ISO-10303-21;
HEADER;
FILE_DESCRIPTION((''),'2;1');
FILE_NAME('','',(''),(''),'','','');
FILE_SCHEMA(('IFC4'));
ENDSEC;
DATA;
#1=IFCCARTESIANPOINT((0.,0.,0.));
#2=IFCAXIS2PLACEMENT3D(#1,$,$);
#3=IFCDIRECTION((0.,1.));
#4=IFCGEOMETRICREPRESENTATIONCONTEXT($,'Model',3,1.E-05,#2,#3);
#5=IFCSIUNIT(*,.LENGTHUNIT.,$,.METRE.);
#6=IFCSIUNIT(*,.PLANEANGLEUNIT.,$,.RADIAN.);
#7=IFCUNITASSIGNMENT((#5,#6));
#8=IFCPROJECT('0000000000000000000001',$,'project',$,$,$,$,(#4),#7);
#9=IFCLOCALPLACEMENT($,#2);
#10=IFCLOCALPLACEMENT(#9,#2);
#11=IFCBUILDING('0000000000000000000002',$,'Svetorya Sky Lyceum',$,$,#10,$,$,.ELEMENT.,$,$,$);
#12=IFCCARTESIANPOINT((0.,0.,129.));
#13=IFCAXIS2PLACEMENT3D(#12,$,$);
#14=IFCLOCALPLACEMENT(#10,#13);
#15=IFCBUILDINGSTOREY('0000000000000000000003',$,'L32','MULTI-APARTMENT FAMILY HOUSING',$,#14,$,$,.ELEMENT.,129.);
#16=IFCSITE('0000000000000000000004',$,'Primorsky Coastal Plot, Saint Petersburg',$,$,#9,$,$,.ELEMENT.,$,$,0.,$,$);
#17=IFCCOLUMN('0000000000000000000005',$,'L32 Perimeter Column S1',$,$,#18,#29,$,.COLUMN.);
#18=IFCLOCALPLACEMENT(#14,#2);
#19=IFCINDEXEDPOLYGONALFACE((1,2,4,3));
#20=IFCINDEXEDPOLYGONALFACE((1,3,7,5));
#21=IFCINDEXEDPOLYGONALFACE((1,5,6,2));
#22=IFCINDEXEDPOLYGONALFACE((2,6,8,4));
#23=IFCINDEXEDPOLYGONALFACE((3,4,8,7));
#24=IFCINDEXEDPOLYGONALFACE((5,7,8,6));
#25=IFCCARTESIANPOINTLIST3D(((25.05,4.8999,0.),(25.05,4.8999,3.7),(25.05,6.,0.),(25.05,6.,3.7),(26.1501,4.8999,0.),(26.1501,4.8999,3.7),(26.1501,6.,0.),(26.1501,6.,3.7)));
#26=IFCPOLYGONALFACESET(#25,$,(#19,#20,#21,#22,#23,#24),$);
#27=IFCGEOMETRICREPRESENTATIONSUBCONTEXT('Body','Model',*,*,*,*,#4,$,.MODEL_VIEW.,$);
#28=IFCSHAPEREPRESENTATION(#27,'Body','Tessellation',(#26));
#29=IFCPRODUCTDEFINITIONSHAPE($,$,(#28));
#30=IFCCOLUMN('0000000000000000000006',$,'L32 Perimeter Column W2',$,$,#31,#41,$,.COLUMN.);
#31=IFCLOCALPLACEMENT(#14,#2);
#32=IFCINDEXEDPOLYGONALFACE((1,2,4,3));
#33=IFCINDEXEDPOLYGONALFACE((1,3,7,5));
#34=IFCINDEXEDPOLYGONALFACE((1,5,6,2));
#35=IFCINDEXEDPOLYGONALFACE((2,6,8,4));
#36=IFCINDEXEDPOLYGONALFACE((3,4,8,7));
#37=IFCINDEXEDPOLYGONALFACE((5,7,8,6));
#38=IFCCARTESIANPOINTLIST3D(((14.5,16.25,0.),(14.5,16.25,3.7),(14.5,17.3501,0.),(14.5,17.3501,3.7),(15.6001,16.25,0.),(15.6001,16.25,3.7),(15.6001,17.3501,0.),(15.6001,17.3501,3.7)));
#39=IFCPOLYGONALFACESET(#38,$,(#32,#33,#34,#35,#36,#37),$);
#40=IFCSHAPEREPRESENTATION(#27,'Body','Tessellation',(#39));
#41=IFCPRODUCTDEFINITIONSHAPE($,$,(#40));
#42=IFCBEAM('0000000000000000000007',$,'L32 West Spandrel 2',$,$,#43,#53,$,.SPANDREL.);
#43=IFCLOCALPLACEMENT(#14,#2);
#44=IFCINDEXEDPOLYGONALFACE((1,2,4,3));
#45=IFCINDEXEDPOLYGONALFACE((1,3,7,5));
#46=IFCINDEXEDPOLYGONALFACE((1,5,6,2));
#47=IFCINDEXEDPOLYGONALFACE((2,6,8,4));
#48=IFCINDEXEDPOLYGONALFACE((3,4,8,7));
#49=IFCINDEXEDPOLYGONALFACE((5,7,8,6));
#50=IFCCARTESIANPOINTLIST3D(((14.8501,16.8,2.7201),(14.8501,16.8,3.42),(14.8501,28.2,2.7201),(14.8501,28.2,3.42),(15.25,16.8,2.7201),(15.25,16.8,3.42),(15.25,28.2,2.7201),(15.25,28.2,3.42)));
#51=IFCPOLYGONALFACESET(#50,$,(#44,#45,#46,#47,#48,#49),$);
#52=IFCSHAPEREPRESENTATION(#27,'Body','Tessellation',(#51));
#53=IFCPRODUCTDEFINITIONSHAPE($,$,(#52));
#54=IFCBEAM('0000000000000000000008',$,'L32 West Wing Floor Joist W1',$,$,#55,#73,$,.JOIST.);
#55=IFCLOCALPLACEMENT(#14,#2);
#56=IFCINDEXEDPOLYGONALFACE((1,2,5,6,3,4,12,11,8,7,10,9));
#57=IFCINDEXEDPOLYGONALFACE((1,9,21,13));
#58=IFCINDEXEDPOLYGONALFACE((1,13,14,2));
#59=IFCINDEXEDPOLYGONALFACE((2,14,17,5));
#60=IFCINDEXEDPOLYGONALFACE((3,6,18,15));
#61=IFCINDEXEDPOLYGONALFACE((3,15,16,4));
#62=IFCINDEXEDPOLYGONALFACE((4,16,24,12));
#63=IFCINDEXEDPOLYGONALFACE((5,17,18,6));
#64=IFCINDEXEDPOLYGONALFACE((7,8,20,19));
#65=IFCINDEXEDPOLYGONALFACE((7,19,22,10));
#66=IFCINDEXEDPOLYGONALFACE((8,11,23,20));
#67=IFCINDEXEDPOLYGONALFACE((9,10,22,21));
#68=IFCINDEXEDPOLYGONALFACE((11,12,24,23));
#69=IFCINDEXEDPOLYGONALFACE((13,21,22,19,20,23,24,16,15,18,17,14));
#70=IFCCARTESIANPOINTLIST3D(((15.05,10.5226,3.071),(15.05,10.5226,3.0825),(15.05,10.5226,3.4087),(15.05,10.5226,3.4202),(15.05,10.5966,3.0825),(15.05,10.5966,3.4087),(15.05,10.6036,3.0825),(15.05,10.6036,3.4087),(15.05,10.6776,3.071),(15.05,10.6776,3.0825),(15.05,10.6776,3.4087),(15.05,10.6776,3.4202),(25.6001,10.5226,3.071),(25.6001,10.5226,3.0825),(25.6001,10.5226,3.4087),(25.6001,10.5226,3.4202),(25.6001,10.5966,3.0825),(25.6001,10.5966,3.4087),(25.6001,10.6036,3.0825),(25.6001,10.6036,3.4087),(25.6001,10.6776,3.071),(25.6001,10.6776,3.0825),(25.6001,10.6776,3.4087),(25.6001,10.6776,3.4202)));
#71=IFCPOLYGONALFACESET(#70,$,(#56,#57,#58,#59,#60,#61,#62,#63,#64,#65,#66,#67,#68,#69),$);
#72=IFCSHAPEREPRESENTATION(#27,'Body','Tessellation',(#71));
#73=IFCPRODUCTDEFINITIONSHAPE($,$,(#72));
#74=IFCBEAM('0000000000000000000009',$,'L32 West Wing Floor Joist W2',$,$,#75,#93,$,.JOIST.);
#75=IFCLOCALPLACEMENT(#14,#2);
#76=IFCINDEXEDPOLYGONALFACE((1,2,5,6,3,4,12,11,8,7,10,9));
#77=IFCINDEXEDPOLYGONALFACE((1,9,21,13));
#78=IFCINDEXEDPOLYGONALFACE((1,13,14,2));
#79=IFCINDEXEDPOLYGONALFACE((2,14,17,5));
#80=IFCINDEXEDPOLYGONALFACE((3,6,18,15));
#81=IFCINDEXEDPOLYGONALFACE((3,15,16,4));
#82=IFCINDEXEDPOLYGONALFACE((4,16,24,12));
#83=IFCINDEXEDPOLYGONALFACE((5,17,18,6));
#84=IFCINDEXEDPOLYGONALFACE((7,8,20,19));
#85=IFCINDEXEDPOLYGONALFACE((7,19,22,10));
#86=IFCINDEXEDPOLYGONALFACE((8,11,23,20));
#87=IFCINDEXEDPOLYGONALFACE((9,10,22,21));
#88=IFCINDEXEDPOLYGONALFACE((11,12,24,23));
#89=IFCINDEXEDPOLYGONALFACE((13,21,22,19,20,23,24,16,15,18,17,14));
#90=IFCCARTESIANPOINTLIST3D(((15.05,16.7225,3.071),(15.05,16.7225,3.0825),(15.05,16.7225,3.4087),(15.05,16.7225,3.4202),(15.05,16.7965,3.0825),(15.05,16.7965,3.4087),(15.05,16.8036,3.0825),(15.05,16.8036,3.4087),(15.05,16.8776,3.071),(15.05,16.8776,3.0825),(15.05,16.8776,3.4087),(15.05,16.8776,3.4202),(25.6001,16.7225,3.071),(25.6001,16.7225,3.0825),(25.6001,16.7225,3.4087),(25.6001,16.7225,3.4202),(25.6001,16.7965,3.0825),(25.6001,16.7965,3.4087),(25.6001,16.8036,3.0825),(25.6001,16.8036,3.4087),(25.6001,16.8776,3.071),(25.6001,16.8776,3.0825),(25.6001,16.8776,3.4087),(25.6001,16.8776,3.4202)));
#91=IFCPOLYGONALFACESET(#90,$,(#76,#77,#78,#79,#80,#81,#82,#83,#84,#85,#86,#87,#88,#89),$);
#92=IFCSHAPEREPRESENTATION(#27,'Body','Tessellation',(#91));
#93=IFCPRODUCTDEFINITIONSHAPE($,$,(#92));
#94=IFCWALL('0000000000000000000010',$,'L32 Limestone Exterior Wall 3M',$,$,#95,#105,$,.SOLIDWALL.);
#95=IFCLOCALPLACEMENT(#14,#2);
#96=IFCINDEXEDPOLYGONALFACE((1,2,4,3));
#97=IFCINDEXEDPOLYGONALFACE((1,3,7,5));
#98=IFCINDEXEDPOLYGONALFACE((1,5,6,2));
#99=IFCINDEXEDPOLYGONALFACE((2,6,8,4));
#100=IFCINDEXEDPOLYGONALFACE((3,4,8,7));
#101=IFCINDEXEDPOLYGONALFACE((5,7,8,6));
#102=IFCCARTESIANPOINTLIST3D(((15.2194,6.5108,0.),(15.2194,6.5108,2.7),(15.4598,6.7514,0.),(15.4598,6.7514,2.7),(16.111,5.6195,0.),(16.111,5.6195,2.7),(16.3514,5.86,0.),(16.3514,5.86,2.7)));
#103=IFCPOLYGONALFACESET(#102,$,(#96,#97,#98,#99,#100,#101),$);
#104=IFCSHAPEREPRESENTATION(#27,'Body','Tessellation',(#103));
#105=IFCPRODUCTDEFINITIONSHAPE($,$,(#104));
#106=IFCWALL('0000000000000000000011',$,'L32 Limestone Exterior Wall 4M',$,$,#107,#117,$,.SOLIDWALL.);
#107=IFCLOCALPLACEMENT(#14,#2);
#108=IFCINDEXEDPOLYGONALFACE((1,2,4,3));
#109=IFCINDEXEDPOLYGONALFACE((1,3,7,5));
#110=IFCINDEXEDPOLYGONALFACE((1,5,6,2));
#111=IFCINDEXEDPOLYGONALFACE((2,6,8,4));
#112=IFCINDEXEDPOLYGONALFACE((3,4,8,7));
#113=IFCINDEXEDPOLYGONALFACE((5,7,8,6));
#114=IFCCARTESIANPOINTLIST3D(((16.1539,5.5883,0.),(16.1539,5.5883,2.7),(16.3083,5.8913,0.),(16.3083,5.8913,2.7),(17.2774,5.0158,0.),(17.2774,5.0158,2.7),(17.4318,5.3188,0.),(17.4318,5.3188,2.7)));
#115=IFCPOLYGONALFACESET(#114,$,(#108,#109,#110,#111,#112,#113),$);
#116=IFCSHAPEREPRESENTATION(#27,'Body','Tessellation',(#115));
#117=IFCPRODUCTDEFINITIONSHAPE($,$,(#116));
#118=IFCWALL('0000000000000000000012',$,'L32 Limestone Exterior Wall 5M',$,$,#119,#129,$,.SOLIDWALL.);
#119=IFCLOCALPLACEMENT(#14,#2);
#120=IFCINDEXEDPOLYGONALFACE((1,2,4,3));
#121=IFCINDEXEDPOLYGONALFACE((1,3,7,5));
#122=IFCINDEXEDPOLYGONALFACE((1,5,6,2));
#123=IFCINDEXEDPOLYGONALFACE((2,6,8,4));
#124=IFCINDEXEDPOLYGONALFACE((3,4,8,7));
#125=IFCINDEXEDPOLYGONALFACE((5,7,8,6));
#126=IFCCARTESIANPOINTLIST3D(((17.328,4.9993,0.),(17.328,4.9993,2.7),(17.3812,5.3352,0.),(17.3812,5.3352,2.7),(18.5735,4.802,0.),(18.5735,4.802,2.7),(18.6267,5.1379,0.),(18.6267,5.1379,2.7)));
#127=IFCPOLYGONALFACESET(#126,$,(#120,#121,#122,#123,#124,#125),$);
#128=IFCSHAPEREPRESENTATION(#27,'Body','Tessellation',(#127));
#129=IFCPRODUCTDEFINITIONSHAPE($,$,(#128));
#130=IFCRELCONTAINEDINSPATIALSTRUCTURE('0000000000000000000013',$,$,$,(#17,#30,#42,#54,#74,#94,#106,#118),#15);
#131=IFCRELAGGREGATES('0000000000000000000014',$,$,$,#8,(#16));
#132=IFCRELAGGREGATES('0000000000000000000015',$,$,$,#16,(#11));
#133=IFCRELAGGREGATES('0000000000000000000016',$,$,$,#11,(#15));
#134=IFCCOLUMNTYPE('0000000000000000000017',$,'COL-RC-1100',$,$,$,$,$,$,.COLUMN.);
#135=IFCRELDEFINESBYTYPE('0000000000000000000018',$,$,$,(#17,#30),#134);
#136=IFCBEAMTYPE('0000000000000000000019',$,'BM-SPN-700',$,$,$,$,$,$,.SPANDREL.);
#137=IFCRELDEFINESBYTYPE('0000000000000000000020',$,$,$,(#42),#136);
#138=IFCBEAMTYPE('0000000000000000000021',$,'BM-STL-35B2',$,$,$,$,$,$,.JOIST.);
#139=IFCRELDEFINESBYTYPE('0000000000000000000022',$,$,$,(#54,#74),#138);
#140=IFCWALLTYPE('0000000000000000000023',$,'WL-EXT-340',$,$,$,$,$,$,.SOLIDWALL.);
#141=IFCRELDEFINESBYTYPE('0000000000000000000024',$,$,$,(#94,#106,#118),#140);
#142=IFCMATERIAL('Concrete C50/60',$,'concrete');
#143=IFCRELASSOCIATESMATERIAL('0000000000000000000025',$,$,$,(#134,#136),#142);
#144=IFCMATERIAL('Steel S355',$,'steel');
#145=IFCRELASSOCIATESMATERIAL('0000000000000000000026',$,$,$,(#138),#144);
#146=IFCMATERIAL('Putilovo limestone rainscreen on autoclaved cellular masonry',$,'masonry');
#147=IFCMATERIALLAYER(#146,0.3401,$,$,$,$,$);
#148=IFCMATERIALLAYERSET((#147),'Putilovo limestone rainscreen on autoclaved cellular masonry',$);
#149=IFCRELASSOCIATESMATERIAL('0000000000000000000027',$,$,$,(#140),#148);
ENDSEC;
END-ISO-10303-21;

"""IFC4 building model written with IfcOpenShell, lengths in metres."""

from ifc_helpers import new_model, si_unit, direction, frame, frame_2d, origin, origin_2d, place, context, subcontext, project, spatial, rectangle, i_section, extrude, material, layer, layer_set, material_profile, profile_set, type_object, element, save


model = new_model("IFC4")

# Units and contexts
model_context = context("Model", 3, precision=1e-05, world=origin(), true_north=direction((0.0, 1.0)))
body_context = subcontext(model_context, "Body", "Model", "MODEL_VIEW")
ifc_project = project(units=[si_unit("LENGTHUNIT", "METRE"), si_unit("PLANEANGLEUNIT", "RADIAN")], contexts=[model_context])

# Site, building, storey
site_placement = place(None, origin())
site = spatial("IfcSite", under=ifc_project, at=site_placement, Name="Primorsky Coastal Plot, Saint Petersburg", CompositionType="ELEMENT", RefElevation=0.0)
building_placement = place(site_placement, origin())
building = spatial("IfcBuilding", under=site, at=building_placement, Name="Svetorya Sky Lyceum", CompositionType="ELEMENT")
storey_placement = place(building_placement, frame((0.0, 0.0, 129.0)))
storey = spatial("IfcBuildingStorey", under=building, at=storey_placement, Name="L32", Description="MULTI-APARTMENT FAMILY HOUSING", CompositionType="ELEMENT", Elevation=129.0)

# Columns
ifc_material_1 = material(Name="Concrete C50/60", Category="concrete")
ifc_material_profile_1 = material_profile(ifc_material_1, rectangle(XDim=1.1001, YDim=1.1001, at=origin_2d()), Name="RC COL 1100x1100")
ifc_profile_set_1 = profile_set([ifc_material_profile_1], Name="Concrete C50/60")
column_type = type_object("IfcColumnType", Name="COL-RC-1100", PredefinedType="COLUMN", material=ifc_profile_set_1)
for number, where, z_axis, x_axis, name in (
    (1, (25.6001, 5.45, 0.0), (0.0, 0.0, 1.0), (1.0, 0.0, 0.0), "L32 Perimeter Column S1"),
    (2, (15.05, 16.8, 0.0), (0.0, 0.0, 1.0), (1.0, 0.0, 0.0), "L32 Perimeter Column W2"),
):
    element("IfcColumn", number, at=place(storey_placement, frame(where, z_axis=z_axis, x_axis=x_axis)), inside=storey, type_object=column_type, Name=name, PredefinedType="COLUMN", context=body_context, shape_type="SweptSolid", body=[
        extrude(rectangle(XDim=1.1001, YDim=1.1001, at=origin_2d()), origin(), (0.0, 0.0, 1.0), 3.7),
    ])

# Beams
ifc_material_profile_2 = material_profile(ifc_material_1, rectangle(XDim=0.3999, YDim=0.7, at=origin_2d()), Name="RC SPANDREL 400x700")
ifc_profile_set_2 = profile_set([ifc_material_profile_2], Name="Concrete C50/60")
beam_type_1 = type_object("IfcBeamType", Name="BM-SPN-700", PredefinedType="SPANDREL", material=ifc_profile_set_2)
beam_placement = place(storey_placement, frame((15.05, 16.8, 3.0701), z_axis=(0.0, 1.0, 0.0), x_axis=(-1.0, 0.0, 0.0)))
element("IfcBeam", 3, at=beam_placement, inside=storey, type_object=beam_type_1, Name="L32 West Spandrel 2", PredefinedType="SPANDREL", context=body_context, shape_type="SweptSolid", body=[
    extrude(rectangle(XDim=0.3999, YDim=0.7, at=origin_2d()), origin(), (0.0, 0.0, 1.0), 11.3999),
])
ifc_material_2 = material(Name="Steel S355", Category="steel")
ifc_material_profile_3 = material_profile(ifc_material_2, i_section(OverallWidth=0.155, OverallDepth=0.3491, WebThickness=0.0071, FlangeThickness=0.0115, at=origin_2d()), Name="GOST 35B2")
ifc_profile_set_3 = profile_set([ifc_material_profile_3], Name="Steel S355")
beam_type_2 = type_object("IfcBeamType", Name="BM-STL-35B2", PredefinedType="JOIST", material=ifc_profile_set_3)
for number, where, z_axis, x_axis, name in (
    (4, (15.05, 10.6001, 3.2456), (1.0, 0.0, 0.0), (0.0, 1.0, 0.0), "L32 West Wing Floor Joist W1"),
    (5, (15.05, 16.8, 3.2456), (1.0, 0.0, 0.0), (0.0, 1.0, 0.0), "L32 West Wing Floor Joist W2"),
):
    element("IfcBeam", number, at=place(storey_placement, frame(where, z_axis=z_axis, x_axis=x_axis)), inside=storey, type_object=beam_type_2, Name=name, PredefinedType="JOIST", context=body_context, shape_type="SweptSolid", body=[
        extrude(i_section(OverallWidth=0.155, OverallDepth=0.3491, WebThickness=0.0071, FlangeThickness=0.0115, at=origin_2d()), origin(), (0.0, 0.0, 1.0), 10.55),
    ])

# Walls
ifc_material_3 = material(Name="Putilovo limestone rainscreen on autoclaved cellular masonry", Category="masonry")
ifc_layer_1 = layer(ifc_material_3, 0.3401)
ifc_layer_set_1 = layer_set([ifc_layer_1], Name="Putilovo limestone rainscreen on autoclaved cellular masonry")
wall_type_1 = type_object("IfcWallType", Name="WL-EXT-340", PredefinedType="SOLIDWALL", material=ifc_layer_set_1)
wall_1_placement = place(storey_placement, frame((15.3396, 6.6311, 0.0), z_axis=(0.0, 0.0, 1.0), x_axis=(0.707204, -0.70701, 0.0)))
element("IfcWall", 6, at=wall_1_placement, inside=storey, type_object=wall_type_1, Name="L32 Limestone Exterior Wall 3M", PredefinedType="SOLIDWALL", context=body_context, shape_type="SweptSolid", body=[
    extrude(rectangle(XDim=1.2607, YDim=0.3401, at=frame_2d((0.6304, 0.0))), origin(), (0.0, 0.0, 1.0), 2.7),
])
for number, where, z_axis, x_axis, name in (
    (7, (16.2312, 5.7397, 0.0), (0.0, 0.0, 1.0), (0.890994, -0.454016, 0.0), "L32 Limestone Exterior Wall 4M"),
    (8, (17.3547, 5.1672, 0.0), (0.0, 0.0, 1.0), (0.987686, -0.15645, 0.0), "L32 Limestone Exterior Wall 5M"),
):
    element("IfcWall", number, at=place(storey_placement, frame(where, z_axis=z_axis, x_axis=x_axis)), inside=storey, type_object=wall_type_1, Name=name, PredefinedType="SOLIDWALL", context=body_context, shape_type="SweptSolid", body=[
        extrude(rectangle(XDim=1.261, YDim=0.3401, at=frame_2d((0.6304, 0.0))), origin(), (0.0, 0.0, 1.0), 2.7),
    ])

save(model, "model.ifc")
